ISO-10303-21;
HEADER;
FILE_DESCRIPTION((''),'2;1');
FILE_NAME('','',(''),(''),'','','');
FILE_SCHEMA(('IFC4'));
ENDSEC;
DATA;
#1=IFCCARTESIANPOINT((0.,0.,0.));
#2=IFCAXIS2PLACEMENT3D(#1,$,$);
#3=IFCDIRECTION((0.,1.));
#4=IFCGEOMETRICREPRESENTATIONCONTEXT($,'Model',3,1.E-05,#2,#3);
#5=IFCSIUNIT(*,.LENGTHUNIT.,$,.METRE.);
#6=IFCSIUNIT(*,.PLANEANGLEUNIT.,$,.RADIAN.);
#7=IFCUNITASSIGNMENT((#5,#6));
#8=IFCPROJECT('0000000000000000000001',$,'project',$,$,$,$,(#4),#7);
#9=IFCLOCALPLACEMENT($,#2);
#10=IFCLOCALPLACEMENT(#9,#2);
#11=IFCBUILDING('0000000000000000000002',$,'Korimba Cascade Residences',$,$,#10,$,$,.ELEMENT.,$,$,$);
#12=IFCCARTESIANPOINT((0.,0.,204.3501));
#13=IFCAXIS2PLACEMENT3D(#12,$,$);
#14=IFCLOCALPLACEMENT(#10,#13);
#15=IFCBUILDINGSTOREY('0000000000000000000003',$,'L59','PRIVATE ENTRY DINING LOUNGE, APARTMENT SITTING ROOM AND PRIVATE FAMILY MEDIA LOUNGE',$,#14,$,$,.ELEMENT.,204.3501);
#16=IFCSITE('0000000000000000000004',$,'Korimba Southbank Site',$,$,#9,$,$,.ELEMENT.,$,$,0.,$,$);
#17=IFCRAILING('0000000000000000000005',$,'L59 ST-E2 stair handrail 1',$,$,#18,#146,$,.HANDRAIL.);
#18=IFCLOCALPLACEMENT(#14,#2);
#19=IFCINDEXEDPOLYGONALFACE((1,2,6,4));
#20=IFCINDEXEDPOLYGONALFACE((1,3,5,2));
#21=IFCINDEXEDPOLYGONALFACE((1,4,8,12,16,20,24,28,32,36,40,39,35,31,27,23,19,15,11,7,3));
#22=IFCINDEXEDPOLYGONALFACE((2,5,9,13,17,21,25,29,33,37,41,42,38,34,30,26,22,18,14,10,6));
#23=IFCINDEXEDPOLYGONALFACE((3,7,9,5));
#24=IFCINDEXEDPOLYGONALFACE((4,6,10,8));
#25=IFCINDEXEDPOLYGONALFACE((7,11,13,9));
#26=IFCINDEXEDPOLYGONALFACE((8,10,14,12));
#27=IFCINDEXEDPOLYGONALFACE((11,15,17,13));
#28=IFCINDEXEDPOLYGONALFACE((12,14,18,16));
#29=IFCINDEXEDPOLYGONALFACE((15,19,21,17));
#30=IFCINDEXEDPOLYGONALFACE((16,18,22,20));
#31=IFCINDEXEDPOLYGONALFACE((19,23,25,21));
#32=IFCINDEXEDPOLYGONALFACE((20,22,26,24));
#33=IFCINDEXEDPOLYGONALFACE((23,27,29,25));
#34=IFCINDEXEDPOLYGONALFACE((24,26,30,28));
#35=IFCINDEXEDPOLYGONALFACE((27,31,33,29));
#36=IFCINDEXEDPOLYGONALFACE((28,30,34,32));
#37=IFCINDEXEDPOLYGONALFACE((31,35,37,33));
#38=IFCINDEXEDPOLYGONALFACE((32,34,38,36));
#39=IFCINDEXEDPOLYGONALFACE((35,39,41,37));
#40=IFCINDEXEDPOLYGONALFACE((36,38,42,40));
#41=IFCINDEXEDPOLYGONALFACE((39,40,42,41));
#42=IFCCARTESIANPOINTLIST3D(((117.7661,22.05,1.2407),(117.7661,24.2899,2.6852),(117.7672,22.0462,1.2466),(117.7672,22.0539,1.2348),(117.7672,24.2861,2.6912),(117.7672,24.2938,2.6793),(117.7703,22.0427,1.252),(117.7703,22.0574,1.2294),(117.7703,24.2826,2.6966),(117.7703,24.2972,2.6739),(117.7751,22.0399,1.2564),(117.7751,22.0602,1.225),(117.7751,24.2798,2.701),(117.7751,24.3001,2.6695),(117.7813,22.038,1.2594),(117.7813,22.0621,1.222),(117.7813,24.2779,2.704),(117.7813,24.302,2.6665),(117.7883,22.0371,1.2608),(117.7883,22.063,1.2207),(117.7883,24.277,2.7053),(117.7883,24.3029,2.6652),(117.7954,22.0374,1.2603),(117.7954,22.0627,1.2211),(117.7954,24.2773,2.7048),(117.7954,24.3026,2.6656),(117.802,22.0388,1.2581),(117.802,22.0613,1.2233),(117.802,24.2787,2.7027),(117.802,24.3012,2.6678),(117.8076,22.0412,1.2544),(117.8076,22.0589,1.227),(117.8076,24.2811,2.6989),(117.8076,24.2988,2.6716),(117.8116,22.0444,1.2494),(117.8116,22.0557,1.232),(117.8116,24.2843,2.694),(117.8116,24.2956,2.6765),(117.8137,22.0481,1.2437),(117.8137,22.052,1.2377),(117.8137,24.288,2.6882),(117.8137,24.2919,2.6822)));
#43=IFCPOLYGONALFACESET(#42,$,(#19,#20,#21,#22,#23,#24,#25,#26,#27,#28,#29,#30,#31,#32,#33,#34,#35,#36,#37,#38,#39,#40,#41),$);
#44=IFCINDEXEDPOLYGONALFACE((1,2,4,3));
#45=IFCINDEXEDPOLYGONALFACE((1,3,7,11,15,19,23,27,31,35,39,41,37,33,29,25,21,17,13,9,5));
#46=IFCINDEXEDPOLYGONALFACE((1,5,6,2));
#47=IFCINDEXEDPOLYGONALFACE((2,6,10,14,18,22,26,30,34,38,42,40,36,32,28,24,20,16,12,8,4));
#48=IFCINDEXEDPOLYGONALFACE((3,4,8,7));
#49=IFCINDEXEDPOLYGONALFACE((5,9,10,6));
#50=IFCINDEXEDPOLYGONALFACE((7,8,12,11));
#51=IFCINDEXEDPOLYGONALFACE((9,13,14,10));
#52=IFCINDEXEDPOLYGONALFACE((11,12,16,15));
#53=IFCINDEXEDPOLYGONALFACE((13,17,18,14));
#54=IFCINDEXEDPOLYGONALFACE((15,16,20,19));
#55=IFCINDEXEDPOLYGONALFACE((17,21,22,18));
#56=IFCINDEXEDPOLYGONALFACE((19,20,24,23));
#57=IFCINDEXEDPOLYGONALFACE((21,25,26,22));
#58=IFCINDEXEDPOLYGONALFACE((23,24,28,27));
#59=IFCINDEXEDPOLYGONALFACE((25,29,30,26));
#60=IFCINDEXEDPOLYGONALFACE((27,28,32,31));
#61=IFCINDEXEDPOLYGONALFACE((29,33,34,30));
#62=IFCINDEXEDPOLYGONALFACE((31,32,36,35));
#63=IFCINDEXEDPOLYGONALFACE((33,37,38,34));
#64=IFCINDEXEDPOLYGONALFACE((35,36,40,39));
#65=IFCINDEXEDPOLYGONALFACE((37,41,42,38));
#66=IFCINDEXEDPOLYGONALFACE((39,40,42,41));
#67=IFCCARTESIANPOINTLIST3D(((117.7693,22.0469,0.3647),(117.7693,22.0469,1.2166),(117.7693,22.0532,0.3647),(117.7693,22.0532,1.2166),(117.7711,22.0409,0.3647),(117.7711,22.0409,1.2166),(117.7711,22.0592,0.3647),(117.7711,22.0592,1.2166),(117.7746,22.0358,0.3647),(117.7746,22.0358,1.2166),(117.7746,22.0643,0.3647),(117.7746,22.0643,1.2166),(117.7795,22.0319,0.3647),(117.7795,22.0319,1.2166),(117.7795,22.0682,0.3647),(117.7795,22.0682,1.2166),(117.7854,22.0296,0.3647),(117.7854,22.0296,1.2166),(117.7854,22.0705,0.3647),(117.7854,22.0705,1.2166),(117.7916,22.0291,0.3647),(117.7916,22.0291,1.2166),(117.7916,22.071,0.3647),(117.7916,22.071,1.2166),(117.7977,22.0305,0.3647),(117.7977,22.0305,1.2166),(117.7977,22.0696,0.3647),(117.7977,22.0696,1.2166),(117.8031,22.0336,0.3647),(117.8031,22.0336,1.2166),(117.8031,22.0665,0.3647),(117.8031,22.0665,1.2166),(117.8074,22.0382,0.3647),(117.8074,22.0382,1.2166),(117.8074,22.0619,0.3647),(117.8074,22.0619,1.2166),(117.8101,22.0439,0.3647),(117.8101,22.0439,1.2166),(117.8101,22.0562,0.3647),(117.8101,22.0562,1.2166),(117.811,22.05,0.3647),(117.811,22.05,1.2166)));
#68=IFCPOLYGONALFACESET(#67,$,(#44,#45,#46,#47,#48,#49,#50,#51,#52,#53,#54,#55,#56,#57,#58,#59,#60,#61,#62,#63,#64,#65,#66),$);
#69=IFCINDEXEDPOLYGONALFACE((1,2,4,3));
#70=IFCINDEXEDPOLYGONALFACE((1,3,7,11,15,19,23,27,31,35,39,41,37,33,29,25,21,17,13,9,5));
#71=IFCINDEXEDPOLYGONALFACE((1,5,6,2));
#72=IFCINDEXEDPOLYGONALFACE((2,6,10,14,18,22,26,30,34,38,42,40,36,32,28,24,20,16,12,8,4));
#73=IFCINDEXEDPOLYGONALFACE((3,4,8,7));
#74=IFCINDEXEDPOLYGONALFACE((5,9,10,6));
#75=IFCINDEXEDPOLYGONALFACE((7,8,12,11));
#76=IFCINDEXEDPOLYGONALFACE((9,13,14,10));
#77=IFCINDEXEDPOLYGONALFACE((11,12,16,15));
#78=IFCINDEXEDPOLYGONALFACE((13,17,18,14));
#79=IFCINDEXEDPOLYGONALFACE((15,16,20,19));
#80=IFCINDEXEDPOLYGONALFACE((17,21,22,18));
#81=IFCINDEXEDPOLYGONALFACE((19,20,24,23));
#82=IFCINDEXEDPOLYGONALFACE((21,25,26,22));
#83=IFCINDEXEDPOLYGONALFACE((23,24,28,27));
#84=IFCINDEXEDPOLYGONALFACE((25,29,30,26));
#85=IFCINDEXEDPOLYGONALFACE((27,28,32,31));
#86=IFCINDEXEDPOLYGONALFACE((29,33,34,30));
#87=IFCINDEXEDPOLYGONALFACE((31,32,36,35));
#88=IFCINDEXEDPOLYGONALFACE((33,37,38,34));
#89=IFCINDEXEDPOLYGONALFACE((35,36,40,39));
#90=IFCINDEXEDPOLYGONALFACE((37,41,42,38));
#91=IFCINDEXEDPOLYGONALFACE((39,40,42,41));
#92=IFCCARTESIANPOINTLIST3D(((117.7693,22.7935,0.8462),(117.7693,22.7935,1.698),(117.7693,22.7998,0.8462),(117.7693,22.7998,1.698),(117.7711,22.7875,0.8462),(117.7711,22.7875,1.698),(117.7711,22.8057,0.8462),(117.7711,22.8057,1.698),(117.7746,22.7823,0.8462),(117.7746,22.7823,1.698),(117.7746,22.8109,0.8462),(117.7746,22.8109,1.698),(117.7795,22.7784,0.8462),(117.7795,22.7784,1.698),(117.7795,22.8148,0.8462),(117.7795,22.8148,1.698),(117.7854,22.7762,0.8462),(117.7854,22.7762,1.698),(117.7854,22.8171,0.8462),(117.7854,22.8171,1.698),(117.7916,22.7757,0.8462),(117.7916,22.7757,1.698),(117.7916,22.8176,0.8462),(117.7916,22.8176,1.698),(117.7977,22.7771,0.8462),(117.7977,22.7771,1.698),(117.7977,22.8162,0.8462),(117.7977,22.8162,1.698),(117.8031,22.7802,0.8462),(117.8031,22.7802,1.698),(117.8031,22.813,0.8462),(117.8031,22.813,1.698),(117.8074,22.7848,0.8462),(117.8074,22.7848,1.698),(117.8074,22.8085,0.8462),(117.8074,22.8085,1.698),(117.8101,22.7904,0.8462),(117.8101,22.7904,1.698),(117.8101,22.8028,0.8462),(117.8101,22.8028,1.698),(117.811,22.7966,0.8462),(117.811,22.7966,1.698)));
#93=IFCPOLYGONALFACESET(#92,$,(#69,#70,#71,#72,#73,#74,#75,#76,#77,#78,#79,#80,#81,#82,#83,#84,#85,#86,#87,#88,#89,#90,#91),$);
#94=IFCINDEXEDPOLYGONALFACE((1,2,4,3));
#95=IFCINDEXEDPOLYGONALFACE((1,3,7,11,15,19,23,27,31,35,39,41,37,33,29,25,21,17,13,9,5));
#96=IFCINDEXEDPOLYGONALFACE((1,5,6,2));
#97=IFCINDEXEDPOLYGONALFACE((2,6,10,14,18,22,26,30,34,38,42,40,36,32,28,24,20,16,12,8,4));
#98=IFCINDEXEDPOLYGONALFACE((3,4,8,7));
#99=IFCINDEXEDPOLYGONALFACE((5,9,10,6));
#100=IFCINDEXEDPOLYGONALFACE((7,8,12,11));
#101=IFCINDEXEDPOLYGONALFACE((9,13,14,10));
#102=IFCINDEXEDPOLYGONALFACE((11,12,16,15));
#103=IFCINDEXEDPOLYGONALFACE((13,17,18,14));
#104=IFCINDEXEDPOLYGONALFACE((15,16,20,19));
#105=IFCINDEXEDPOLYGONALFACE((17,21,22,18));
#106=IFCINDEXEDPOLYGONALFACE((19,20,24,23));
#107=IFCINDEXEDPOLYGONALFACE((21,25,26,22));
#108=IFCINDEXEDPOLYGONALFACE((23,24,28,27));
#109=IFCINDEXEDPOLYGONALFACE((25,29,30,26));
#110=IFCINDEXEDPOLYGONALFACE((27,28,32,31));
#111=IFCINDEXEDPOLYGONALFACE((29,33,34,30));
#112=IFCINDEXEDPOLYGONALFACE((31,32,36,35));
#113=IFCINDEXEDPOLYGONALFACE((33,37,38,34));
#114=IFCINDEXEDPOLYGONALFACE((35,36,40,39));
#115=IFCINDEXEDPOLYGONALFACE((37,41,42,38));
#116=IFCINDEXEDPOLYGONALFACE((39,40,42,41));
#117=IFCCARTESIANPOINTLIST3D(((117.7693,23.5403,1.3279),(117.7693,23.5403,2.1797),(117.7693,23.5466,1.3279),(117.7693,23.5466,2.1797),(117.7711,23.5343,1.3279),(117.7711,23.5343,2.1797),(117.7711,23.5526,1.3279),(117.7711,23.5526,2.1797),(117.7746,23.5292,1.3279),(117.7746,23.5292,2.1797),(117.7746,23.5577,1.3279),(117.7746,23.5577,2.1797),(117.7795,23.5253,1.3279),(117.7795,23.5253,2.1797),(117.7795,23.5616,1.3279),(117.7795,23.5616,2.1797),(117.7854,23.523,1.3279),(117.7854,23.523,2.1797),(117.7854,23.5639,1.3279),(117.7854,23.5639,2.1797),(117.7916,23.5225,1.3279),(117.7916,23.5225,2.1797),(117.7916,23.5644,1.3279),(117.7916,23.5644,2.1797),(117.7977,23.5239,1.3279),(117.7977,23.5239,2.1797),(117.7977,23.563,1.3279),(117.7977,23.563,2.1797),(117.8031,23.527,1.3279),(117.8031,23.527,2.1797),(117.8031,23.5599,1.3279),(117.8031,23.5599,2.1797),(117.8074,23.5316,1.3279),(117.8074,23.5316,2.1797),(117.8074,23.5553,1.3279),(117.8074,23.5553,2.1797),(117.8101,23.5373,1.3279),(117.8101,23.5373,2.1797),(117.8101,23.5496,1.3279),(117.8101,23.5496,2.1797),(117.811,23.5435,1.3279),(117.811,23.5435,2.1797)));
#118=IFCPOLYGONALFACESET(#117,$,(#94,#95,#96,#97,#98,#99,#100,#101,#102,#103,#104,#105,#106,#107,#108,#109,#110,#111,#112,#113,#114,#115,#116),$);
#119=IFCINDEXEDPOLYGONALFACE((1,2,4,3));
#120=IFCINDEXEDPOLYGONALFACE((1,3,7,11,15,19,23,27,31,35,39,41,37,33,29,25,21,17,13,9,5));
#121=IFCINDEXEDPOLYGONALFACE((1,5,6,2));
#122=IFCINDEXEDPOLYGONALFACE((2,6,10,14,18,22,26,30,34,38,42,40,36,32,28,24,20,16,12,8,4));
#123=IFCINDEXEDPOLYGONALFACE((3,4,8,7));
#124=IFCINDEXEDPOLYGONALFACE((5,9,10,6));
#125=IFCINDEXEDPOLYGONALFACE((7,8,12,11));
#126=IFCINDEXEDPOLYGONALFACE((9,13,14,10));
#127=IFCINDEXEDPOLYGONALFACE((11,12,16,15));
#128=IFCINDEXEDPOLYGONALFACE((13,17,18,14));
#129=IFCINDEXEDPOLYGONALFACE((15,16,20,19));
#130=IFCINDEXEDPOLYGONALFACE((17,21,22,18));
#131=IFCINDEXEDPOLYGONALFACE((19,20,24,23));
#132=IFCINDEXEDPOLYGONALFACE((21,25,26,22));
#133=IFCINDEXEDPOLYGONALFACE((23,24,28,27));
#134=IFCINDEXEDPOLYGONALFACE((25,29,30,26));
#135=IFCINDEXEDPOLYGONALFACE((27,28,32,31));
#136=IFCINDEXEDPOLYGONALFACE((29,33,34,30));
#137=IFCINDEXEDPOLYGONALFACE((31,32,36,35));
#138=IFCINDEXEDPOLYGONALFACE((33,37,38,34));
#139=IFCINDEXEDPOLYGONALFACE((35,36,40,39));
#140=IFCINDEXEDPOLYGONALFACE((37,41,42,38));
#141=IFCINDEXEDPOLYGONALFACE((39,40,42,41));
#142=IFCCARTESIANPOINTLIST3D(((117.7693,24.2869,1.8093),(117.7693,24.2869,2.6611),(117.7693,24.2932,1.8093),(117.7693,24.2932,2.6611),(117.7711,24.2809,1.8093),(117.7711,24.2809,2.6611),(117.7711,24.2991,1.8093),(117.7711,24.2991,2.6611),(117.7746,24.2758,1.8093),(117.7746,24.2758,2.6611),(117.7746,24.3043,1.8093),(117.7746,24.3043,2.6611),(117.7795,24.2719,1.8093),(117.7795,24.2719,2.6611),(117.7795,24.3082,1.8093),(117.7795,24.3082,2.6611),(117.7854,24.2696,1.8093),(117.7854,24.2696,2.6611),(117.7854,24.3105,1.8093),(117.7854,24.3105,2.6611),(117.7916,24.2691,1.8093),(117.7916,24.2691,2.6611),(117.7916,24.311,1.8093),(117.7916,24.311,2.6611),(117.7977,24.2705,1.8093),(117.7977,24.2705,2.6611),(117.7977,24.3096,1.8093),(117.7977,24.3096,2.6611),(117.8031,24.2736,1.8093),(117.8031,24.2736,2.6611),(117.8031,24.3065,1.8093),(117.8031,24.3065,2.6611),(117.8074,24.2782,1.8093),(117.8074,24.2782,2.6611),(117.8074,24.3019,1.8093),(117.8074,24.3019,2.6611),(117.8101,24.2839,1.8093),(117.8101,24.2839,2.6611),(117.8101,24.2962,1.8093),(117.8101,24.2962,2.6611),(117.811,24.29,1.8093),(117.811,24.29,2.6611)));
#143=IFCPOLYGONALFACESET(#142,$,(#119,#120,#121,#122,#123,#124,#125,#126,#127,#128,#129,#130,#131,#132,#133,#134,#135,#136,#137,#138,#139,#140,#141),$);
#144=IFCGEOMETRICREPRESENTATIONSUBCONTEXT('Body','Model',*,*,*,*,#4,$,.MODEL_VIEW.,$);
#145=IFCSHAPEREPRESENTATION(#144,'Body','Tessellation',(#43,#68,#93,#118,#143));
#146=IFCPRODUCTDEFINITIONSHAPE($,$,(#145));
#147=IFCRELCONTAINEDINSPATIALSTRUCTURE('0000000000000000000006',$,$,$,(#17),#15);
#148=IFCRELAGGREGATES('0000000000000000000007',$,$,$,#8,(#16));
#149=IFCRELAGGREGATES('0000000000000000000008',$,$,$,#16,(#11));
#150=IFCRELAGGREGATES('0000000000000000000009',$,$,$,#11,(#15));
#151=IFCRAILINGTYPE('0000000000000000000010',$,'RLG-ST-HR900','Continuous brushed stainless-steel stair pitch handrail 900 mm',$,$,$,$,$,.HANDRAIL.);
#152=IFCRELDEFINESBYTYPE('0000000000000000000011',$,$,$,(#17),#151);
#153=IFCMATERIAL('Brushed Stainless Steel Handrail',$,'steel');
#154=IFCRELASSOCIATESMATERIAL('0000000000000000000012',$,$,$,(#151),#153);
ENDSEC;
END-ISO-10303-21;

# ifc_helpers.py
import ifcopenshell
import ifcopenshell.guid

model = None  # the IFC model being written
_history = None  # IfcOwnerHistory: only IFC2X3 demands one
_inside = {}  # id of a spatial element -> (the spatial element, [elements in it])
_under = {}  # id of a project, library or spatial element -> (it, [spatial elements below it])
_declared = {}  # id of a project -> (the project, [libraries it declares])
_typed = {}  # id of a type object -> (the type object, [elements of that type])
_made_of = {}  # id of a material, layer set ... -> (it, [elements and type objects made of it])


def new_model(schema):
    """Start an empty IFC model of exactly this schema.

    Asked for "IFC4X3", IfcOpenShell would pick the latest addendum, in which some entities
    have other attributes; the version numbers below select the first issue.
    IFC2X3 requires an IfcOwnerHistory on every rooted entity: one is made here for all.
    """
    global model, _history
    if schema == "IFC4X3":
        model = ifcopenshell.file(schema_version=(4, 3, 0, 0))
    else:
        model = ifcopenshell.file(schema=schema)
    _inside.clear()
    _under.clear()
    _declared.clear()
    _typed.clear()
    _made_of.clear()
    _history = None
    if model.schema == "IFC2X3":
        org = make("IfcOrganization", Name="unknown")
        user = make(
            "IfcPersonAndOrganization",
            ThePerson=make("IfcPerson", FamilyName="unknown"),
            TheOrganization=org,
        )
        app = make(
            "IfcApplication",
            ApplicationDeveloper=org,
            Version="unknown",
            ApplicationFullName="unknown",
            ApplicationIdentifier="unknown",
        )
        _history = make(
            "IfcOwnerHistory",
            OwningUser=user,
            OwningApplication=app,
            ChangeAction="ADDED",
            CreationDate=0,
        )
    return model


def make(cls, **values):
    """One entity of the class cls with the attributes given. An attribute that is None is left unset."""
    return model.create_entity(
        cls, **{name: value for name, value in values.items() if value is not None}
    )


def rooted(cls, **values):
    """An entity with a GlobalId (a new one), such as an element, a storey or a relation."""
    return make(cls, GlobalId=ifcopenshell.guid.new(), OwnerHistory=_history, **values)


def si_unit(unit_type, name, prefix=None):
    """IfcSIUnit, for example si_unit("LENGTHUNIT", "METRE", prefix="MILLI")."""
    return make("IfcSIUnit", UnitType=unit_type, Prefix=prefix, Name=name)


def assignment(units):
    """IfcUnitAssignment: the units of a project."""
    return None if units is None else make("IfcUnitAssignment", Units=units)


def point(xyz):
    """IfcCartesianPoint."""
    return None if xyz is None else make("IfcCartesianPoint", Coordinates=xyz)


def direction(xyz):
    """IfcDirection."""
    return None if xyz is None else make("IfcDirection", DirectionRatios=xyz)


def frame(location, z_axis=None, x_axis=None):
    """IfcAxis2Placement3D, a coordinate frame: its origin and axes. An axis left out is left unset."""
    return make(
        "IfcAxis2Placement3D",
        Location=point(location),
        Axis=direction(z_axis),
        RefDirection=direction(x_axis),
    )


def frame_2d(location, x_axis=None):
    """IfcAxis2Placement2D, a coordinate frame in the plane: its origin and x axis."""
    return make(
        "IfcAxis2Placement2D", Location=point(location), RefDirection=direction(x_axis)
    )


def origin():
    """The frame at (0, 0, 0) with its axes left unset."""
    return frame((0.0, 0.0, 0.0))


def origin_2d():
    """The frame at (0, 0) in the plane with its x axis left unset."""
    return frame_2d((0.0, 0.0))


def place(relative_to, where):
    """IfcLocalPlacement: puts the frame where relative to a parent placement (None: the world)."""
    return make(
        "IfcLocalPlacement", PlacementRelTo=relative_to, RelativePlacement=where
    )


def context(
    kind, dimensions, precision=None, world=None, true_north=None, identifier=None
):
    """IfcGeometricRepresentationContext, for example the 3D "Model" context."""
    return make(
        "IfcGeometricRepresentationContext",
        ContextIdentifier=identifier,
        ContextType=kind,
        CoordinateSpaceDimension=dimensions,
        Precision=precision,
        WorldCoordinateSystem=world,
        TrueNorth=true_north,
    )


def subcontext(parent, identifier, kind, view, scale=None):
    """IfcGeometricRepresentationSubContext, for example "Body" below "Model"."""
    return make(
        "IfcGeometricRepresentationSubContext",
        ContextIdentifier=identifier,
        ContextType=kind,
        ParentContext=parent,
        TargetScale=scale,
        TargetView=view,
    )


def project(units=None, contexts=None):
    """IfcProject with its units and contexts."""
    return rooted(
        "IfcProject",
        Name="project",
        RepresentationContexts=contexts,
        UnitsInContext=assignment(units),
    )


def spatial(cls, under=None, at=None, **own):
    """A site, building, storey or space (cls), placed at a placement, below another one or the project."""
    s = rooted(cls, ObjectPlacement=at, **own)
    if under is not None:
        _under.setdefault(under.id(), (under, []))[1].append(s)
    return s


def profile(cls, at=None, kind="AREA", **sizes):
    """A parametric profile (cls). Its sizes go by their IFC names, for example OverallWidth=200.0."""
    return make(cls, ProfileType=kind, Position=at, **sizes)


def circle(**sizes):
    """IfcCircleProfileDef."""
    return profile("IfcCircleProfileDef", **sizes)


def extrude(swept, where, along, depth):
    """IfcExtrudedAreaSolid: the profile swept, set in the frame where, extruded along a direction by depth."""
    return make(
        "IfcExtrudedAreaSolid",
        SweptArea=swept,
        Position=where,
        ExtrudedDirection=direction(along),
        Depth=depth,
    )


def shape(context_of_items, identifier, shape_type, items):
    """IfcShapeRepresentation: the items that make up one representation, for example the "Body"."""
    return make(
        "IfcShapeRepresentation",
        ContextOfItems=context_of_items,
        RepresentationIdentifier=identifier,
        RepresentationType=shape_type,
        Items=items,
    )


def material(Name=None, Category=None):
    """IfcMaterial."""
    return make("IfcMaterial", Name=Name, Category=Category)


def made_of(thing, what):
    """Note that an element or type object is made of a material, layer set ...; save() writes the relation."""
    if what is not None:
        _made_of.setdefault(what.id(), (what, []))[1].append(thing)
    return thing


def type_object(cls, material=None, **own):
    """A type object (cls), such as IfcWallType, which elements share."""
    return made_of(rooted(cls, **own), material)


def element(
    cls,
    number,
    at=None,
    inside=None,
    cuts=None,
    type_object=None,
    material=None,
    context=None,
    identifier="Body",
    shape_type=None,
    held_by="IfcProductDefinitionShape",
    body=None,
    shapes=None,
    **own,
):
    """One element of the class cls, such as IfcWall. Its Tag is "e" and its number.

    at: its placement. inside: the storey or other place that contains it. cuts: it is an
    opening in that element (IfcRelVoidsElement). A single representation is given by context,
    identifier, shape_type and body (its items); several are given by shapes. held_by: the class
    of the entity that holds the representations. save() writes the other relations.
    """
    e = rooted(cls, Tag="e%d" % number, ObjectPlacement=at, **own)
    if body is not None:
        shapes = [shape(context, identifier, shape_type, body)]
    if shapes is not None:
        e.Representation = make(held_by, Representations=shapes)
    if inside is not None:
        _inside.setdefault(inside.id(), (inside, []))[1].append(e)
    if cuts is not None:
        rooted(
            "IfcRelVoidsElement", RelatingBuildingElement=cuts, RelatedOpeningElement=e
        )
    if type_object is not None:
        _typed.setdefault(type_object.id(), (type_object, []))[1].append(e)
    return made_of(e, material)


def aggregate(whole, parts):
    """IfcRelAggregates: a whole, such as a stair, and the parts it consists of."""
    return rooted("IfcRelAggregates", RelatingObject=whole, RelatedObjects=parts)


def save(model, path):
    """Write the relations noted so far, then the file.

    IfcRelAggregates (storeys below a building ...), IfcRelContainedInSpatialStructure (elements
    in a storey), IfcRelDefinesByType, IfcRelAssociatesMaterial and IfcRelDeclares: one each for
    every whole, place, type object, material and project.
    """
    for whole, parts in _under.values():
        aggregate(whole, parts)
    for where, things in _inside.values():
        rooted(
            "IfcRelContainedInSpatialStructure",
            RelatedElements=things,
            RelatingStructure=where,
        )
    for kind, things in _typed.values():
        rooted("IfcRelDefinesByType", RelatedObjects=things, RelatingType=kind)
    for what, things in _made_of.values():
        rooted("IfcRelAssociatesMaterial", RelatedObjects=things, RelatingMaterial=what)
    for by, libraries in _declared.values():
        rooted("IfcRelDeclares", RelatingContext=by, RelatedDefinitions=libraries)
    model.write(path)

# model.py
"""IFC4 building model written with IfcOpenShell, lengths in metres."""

from ifc_helpers import new_model, si_unit, direction, frame, origin, origin_2d, place, context, subcontext, project, spatial, circle, extrude, material, type_object, element, save


model = new_model("IFC4")

# Units and contexts
model_context = context("Model", 3, precision=1e-05, world=origin(), true_north=direction((0.0, 1.0)))
body_context = subcontext(model_context, "Body", "Model", "MODEL_VIEW")
ifc_project = project(units=[si_unit("LENGTHUNIT", "METRE"), si_unit("PLANEANGLEUNIT", "RADIAN")], contexts=[model_context])

# Site, building, storey
site_placement = place(None, origin())
site = spatial("IfcSite", under=ifc_project, at=site_placement, Name="Korimba Southbank Site", CompositionType="ELEMENT", RefElevation=0.0)
building_placement = place(site_placement, origin())
building = spatial("IfcBuilding", under=site, at=building_placement, Name="Korimba Cascade Residences", CompositionType="ELEMENT")
storey_placement = place(building_placement, frame((0.0, 0.0, 204.3501)))
storey = spatial("IfcBuildingStorey", under=building, at=storey_placement, Name="L59", Description="PRIVATE ENTRY DINING LOUNGE, APARTMENT SITTING ROOM AND PRIVATE FAMILY MEDIA LOUNGE", CompositionType="ELEMENT", Elevation=204.3501)

# Railing
ifc_material_1 = material(Name="Brushed Stainless Steel Handrail", Category="steel")
railing_type_1 = type_object("IfcRailingType", Name="RLG-ST-HR900", Description="Continuous brushed stainless-steel stair pitch handrail 900 mm", PredefinedType="HANDRAIL", material=ifc_material_1)
railing_1_placement = place(storey_placement, frame((117.79, 22.05, 0.3647)))
element("IfcRailing", 1, at=railing_1_placement, inside=storey, type_object=railing_type_1, Name="L59 ST-E2 stair handrail 1", PredefinedType="HANDRAIL", context=body_context, shape_type="SweptSolid", body=[
    extrude(circle(Radius=0.0239, at=origin_2d()), frame((0.0, 0.0, 0.876), z_axis=(0.0, 0.840395, 0.541975), x_axis=(-1.0, 0.0, 0.0)), (0.0, 0.0, 1.0), 2.6653),
    extrude(circle(Radius=0.021, at=origin_2d()), origin(), (0.0, 0.0, 1.0), 0.8518),
    extrude(circle(Radius=0.021, at=origin_2d()), frame((0.0, 0.7466, 0.4814)), (0.0, 0.0, 1.0), 0.8518),
    extrude(circle(Radius=0.021, at=origin_2d()), frame((0.0, 1.4934, 0.9631)), (0.0, 0.0, 1.0), 0.8518),
    extrude(circle(Radius=0.021, at=origin_2d()), frame((0.0, 2.24, 1.4446)), (0.0, 0.0, 1.0), 0.8518),
])

save(model, "model.ifc")
